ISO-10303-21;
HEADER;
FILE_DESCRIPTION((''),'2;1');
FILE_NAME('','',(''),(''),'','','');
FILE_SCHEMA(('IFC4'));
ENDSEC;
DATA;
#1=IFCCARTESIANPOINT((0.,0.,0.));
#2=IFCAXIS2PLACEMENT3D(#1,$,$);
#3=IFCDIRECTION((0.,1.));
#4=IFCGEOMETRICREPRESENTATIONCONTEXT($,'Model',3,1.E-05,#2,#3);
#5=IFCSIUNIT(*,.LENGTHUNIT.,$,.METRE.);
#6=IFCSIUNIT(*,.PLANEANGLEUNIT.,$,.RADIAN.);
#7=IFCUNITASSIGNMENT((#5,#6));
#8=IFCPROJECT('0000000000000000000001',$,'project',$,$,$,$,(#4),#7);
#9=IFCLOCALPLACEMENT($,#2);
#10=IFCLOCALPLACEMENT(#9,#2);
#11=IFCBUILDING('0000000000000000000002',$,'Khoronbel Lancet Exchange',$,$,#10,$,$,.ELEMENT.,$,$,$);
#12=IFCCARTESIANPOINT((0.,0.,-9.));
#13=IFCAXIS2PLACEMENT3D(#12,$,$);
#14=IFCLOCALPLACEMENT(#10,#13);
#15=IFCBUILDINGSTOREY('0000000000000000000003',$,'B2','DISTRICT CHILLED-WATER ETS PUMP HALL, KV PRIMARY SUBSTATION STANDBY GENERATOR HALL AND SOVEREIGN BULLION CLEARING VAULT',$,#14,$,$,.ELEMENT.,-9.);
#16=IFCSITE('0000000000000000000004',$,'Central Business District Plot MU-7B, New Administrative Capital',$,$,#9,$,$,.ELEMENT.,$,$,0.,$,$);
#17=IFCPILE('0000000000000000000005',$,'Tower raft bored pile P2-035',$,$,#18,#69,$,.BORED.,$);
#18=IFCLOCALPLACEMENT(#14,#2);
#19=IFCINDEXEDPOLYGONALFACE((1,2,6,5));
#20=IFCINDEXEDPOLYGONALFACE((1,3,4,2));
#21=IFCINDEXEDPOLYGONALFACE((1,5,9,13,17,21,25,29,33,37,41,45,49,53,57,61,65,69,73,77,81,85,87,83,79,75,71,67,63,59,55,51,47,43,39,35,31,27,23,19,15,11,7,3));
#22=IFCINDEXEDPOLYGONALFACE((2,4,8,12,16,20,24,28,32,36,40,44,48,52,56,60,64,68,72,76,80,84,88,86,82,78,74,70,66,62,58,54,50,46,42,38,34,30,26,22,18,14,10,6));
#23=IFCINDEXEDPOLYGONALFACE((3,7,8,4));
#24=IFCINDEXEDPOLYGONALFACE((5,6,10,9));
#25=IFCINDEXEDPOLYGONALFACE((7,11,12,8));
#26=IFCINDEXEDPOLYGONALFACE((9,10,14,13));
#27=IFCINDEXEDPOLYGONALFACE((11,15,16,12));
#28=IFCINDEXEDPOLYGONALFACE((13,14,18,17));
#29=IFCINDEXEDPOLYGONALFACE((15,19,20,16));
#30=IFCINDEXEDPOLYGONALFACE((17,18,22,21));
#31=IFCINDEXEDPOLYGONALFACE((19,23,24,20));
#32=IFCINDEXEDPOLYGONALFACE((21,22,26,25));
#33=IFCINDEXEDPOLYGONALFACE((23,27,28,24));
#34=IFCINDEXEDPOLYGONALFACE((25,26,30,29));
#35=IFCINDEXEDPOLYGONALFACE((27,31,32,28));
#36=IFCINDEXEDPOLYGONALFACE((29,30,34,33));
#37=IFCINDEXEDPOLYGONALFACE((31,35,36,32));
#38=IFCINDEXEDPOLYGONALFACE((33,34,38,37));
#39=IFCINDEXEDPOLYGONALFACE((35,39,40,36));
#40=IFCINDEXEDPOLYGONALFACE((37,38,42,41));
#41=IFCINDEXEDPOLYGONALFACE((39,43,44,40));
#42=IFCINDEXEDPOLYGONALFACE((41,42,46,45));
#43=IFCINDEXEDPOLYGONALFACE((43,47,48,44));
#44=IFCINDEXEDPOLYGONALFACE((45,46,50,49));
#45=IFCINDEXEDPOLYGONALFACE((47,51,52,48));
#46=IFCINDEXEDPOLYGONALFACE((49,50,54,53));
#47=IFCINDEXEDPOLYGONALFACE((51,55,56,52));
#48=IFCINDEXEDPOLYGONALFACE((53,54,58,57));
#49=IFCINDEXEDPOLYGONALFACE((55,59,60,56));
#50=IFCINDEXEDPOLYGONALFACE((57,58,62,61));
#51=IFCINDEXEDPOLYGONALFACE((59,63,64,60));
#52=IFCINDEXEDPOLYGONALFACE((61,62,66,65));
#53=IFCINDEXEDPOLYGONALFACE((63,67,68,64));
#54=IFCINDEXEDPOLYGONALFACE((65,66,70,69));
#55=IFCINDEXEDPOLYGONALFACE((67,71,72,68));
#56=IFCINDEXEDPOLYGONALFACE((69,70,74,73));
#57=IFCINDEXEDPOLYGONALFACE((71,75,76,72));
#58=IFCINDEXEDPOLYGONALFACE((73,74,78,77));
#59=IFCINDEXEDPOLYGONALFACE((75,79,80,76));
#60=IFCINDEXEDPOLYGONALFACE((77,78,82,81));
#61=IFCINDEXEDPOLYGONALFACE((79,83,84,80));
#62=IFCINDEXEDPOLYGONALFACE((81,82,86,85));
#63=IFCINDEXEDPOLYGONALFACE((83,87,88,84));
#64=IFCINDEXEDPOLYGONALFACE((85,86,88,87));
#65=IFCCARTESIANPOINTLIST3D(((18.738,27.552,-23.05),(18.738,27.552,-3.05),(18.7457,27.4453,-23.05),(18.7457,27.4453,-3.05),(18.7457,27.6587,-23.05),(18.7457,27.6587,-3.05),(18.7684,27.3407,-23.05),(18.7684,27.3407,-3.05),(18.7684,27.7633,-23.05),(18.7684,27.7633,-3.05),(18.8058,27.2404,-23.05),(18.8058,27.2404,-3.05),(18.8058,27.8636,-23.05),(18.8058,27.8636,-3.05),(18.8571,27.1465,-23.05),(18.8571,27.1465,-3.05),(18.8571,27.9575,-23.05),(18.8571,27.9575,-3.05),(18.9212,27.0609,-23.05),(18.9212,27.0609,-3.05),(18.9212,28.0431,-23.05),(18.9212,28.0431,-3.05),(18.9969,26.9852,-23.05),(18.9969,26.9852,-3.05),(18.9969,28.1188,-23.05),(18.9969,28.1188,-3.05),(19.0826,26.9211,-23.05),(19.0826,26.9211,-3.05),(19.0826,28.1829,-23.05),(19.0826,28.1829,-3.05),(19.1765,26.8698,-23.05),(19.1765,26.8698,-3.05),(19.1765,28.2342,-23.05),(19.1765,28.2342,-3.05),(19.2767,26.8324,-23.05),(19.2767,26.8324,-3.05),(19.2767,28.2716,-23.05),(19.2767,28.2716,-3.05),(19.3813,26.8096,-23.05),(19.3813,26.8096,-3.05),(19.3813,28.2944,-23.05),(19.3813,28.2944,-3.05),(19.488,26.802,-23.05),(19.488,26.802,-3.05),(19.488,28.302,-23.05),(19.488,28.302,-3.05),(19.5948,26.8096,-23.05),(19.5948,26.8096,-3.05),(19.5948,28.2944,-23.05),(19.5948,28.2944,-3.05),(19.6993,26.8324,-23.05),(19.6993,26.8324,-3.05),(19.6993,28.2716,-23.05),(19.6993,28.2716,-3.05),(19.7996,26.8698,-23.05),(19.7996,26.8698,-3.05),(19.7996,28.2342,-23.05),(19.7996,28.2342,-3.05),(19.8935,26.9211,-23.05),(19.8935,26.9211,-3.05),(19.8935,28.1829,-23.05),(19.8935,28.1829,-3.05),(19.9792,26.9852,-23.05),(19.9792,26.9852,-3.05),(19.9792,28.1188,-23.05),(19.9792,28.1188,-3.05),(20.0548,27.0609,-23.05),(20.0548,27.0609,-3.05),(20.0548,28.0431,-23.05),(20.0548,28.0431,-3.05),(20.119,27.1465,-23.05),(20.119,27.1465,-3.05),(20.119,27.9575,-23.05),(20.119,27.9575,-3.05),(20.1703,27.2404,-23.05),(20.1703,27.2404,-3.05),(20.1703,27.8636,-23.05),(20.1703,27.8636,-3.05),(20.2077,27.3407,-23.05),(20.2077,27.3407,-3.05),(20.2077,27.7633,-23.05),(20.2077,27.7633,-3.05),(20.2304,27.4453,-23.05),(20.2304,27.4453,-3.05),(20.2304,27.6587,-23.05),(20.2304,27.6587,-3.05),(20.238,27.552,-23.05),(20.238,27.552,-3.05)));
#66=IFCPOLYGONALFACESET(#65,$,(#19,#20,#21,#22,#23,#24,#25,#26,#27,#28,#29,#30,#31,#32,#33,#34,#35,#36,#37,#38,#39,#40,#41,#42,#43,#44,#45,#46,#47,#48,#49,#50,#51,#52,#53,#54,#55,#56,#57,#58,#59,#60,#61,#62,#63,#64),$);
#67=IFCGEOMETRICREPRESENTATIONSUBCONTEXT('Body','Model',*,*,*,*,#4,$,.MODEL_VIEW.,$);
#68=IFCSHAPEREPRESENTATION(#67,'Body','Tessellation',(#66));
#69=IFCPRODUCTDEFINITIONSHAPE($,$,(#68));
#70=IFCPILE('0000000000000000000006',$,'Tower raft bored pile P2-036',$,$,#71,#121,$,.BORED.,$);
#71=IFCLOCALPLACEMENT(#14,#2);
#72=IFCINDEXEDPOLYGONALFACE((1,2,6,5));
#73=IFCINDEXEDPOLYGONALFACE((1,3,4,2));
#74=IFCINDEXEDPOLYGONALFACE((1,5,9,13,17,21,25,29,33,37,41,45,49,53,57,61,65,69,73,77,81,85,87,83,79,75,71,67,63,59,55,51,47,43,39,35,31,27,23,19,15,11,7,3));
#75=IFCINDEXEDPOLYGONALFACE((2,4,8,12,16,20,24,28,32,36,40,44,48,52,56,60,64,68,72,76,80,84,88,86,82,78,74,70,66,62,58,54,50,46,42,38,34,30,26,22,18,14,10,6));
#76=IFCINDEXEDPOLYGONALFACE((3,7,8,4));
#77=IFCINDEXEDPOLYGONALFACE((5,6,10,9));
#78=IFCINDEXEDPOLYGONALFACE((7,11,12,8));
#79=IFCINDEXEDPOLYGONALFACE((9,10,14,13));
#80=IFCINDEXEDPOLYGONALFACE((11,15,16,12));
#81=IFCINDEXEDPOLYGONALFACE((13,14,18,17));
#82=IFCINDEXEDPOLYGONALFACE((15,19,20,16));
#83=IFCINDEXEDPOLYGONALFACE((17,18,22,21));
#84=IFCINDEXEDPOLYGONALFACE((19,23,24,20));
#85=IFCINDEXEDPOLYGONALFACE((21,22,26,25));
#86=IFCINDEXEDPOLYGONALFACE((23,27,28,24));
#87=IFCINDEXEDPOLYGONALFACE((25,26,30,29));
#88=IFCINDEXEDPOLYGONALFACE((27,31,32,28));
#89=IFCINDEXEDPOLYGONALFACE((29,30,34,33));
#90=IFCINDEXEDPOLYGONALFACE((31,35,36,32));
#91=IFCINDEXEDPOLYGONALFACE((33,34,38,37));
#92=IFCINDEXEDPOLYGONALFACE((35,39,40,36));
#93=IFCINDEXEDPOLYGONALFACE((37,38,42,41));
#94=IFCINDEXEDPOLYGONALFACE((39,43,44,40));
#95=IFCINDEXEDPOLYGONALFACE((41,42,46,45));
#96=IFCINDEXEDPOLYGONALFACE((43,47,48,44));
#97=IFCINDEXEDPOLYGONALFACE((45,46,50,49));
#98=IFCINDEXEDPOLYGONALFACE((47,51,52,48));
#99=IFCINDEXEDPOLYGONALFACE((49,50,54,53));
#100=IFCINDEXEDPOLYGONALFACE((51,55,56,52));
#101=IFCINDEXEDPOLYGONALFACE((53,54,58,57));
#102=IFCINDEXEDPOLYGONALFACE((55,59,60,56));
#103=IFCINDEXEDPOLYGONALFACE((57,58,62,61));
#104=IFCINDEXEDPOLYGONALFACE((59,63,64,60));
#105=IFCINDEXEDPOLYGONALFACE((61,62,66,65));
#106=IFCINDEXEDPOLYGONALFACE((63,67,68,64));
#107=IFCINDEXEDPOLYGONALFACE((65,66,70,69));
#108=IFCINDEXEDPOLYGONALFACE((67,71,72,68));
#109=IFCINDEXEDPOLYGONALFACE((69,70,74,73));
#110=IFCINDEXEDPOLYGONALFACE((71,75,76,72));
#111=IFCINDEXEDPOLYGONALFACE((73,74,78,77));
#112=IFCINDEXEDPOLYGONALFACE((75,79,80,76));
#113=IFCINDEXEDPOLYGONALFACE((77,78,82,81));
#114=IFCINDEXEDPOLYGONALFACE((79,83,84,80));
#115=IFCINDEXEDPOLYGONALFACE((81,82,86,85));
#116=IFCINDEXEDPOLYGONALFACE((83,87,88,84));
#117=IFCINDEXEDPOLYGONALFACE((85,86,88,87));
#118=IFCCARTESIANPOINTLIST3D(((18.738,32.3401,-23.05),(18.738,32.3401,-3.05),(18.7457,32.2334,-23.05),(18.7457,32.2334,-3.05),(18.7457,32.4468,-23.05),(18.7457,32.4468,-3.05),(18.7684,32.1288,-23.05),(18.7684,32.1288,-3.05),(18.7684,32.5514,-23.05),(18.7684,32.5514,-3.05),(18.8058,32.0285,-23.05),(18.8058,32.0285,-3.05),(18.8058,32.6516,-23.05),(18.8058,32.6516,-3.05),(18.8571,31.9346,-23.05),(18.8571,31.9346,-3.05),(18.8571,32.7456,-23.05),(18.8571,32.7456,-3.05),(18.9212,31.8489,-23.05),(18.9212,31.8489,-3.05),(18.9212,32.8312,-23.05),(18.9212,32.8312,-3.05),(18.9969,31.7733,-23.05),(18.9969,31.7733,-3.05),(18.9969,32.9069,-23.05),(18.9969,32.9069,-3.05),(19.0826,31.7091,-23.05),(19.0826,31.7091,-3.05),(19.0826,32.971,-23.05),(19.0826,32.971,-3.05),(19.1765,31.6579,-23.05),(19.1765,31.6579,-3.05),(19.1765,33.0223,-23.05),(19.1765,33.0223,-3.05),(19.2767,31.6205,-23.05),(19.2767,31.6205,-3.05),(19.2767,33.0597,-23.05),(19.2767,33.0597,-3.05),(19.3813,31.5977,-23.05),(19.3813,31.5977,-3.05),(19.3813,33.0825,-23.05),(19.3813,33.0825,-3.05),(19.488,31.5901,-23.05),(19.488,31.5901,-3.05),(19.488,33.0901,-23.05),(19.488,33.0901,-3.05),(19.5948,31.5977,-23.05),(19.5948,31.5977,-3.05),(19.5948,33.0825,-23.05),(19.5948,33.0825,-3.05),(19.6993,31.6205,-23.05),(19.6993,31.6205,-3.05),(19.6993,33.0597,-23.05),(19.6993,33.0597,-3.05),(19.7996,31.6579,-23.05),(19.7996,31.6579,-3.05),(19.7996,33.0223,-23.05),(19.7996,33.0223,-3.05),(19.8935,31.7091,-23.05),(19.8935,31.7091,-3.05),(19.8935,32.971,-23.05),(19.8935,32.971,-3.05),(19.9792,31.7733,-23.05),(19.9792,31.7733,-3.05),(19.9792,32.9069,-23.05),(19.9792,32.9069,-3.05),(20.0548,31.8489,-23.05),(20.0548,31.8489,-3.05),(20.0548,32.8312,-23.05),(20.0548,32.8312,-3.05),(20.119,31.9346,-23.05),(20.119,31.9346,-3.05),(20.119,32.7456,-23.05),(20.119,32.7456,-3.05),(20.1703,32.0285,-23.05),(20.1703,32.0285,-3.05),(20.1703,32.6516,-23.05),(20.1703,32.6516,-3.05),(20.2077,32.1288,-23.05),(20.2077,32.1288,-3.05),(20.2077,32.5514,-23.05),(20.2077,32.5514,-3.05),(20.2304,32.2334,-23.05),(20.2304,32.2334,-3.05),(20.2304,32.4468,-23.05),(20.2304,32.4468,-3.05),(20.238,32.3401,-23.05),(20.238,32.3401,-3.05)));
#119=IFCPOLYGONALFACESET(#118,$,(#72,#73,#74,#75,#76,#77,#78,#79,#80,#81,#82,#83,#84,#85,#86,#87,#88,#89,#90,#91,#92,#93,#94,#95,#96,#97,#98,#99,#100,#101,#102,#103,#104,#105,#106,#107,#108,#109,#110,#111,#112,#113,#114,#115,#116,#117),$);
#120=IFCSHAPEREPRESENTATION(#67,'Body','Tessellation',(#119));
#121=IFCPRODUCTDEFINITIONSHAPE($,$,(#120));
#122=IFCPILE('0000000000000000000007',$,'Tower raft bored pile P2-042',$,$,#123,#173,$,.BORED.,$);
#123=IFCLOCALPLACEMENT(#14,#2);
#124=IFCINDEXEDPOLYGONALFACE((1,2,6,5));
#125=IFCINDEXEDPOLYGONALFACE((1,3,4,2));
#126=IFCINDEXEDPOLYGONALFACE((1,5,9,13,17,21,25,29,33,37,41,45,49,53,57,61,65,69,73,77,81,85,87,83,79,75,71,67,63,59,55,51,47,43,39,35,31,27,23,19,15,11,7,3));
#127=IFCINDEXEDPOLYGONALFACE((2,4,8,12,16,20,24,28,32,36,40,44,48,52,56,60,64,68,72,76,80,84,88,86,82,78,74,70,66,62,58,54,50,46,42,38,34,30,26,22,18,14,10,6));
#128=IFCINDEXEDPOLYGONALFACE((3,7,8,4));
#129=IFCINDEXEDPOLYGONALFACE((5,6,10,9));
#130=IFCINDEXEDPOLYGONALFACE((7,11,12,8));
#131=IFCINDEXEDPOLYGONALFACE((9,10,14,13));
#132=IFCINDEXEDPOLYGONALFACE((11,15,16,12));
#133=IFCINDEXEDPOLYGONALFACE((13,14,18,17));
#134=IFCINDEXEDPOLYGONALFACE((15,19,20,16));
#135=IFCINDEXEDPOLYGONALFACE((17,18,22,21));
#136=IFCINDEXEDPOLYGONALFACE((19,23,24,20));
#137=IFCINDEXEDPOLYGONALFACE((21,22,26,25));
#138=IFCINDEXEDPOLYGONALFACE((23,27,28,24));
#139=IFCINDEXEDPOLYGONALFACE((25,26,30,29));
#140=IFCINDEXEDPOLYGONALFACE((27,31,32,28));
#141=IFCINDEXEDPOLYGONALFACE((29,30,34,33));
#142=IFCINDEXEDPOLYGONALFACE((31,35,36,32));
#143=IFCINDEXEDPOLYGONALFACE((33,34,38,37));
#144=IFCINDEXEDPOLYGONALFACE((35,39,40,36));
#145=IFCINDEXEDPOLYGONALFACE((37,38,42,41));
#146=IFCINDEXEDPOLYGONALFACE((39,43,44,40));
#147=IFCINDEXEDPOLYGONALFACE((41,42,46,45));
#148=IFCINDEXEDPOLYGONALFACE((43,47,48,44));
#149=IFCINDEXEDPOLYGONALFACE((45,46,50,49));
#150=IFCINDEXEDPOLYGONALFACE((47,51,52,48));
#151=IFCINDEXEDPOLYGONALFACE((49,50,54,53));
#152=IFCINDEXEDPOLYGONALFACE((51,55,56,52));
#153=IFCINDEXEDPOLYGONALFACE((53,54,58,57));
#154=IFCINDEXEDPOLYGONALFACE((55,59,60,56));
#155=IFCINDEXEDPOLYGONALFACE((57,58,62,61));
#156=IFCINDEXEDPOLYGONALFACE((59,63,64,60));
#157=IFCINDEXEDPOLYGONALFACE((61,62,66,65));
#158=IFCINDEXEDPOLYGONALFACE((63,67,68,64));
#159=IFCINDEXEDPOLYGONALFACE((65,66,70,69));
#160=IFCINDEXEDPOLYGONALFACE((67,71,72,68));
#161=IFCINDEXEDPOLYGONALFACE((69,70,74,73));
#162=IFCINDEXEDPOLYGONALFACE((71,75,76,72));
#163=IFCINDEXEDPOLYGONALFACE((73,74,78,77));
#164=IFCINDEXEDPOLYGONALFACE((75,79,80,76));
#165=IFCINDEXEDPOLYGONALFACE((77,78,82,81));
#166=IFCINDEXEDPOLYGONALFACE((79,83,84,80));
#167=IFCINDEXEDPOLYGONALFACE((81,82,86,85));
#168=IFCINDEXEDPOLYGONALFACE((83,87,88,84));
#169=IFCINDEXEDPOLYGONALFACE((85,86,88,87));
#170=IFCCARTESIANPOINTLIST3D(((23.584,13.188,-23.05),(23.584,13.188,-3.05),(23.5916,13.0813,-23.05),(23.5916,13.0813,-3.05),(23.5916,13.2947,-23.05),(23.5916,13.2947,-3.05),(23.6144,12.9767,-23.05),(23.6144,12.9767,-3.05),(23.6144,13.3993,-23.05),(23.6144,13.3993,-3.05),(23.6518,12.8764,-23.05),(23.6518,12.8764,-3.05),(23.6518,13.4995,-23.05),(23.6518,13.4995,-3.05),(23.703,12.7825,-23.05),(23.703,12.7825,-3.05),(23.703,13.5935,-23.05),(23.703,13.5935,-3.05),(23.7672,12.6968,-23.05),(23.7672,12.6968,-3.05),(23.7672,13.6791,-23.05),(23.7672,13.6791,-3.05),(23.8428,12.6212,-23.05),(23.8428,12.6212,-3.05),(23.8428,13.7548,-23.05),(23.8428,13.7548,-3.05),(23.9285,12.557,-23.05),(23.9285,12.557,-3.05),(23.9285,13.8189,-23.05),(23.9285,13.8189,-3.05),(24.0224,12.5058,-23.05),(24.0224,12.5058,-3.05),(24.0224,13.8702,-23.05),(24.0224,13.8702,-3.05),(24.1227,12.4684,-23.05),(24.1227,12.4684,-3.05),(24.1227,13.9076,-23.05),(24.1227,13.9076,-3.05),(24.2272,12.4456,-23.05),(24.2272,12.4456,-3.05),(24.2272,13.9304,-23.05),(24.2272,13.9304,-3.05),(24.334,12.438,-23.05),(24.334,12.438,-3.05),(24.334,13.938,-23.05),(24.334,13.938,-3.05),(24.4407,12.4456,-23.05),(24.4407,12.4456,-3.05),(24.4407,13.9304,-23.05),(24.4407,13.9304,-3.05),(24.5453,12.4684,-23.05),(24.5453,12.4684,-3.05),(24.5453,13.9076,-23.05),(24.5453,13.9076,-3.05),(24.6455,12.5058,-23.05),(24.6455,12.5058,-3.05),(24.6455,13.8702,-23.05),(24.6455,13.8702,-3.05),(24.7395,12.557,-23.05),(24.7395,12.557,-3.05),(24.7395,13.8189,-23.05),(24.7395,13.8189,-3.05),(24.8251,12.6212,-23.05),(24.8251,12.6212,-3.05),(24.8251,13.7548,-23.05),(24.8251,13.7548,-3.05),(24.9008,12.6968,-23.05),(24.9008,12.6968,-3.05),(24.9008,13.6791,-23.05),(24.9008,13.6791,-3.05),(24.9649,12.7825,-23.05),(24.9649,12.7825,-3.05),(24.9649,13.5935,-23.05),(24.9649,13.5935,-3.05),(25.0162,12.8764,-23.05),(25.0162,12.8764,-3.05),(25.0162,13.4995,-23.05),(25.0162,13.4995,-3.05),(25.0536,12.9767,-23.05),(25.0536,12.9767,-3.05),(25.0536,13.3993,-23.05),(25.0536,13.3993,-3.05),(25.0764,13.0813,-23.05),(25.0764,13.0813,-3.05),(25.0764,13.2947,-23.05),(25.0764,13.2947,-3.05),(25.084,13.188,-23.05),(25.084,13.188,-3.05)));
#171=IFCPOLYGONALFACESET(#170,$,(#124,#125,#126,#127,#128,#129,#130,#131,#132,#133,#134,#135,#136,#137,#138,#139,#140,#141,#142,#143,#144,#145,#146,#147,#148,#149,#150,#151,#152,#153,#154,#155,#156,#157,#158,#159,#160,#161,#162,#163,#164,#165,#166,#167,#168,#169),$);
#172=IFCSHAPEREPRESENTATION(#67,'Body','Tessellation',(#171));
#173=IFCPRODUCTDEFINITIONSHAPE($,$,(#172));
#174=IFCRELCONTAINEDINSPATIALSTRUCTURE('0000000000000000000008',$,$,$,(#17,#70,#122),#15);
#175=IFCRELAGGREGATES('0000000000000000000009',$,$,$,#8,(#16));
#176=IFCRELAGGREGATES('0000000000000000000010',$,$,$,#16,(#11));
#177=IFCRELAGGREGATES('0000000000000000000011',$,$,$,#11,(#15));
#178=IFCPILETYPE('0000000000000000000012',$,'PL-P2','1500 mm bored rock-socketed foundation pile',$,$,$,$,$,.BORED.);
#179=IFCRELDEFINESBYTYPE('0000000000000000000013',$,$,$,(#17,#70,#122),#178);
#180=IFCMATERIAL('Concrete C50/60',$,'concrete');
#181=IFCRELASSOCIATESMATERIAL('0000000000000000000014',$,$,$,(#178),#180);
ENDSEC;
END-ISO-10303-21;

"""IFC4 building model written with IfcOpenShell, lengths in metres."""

from ifc_helpers import new_model, si_unit, direction, frame, origin, origin_2d, place, context, subcontext, project, spatial, circle, extrude, material, material_profile, profile_set, type_object, element, save


model = new_model("IFC4")

# Units and contexts
model_context = context("Model", 3, precision=1e-05, world=origin(), true_north=direction((0.0, 1.0)))
body_context = subcontext(model_context, "Body", "Model", "MODEL_VIEW")
ifc_project = project(units=[si_unit("LENGTHUNIT", "METRE"), si_unit("PLANEANGLEUNIT", "RADIAN")], contexts=[model_context])

# Site, building, storey
site_placement = place(None, origin())
site = spatial("IfcSite", under=ifc_project, at=site_placement, Name="Central Business District Plot MU-7B, New Administrative Capital", CompositionType="ELEMENT", RefElevation=0.0)
building_placement = place(site_placement, origin())
building = spatial("IfcBuilding", under=site, at=building_placement, Name="Khoronbel Lancet Exchange", CompositionType="ELEMENT")
storey_placement = place(building_placement, frame((0.0, 0.0, -9.0)))
storey = spatial("IfcBuildingStorey", under=building, at=storey_placement, Name="B2", Description="DISTRICT CHILLED-WATER ETS PUMP HALL, KV PRIMARY SUBSTATION STANDBY GENERATOR HALL AND SOVEREIGN BULLION CLEARING VAULT", CompositionType="ELEMENT", Elevation=-9.0)

# Piles
ifc_material_1 = material(Name="Concrete C50/60", Category="concrete")
ifc_material_profile_1 = material_profile(ifc_material_1, circle(Radius=0.75, at=origin_2d()), Name="BORED PILE D1500")
ifc_profile_set_1 = profile_set([ifc_material_profile_1], Name="Concrete C50/60")
pile_type = type_object("IfcPileType", Name="PL-P2", Description="1500 mm bored rock-socketed foundation pile", PredefinedType="BORED", material=ifc_profile_set_1)
for number, where, z_axis, x_axis, name in (
    (1, (19.488, 27.552, -3.05), (0.0, 0.0, -1.0), (1.0, 0.0, 0.0), "Tower raft bored pile P2-035"),
    (2, (19.488, 32.3401, -3.05), (0.0, 0.0, -1.0), (1.0, 0.0, 0.0), "Tower raft bored pile P2-036"),
    (3, (24.334, 13.188, -3.05), (0.0, 0.0, -1.0), (1.0, 0.0, 0.0), "Tower raft bored pile P2-042"),
):
    element("IfcPile", number, at=place(storey_placement, frame(where, z_axis=z_axis, x_axis=x_axis)), inside=storey, type_object=pile_type, Name=name, PredefinedType="BORED", context=body_context, shape_type="SweptSolid", body=[
        extrude(circle(Radius=0.75, at=origin_2d()), origin(), (0.0, 0.0, 1.0), 20.0),
    ])

save(model, "model.ifc")
